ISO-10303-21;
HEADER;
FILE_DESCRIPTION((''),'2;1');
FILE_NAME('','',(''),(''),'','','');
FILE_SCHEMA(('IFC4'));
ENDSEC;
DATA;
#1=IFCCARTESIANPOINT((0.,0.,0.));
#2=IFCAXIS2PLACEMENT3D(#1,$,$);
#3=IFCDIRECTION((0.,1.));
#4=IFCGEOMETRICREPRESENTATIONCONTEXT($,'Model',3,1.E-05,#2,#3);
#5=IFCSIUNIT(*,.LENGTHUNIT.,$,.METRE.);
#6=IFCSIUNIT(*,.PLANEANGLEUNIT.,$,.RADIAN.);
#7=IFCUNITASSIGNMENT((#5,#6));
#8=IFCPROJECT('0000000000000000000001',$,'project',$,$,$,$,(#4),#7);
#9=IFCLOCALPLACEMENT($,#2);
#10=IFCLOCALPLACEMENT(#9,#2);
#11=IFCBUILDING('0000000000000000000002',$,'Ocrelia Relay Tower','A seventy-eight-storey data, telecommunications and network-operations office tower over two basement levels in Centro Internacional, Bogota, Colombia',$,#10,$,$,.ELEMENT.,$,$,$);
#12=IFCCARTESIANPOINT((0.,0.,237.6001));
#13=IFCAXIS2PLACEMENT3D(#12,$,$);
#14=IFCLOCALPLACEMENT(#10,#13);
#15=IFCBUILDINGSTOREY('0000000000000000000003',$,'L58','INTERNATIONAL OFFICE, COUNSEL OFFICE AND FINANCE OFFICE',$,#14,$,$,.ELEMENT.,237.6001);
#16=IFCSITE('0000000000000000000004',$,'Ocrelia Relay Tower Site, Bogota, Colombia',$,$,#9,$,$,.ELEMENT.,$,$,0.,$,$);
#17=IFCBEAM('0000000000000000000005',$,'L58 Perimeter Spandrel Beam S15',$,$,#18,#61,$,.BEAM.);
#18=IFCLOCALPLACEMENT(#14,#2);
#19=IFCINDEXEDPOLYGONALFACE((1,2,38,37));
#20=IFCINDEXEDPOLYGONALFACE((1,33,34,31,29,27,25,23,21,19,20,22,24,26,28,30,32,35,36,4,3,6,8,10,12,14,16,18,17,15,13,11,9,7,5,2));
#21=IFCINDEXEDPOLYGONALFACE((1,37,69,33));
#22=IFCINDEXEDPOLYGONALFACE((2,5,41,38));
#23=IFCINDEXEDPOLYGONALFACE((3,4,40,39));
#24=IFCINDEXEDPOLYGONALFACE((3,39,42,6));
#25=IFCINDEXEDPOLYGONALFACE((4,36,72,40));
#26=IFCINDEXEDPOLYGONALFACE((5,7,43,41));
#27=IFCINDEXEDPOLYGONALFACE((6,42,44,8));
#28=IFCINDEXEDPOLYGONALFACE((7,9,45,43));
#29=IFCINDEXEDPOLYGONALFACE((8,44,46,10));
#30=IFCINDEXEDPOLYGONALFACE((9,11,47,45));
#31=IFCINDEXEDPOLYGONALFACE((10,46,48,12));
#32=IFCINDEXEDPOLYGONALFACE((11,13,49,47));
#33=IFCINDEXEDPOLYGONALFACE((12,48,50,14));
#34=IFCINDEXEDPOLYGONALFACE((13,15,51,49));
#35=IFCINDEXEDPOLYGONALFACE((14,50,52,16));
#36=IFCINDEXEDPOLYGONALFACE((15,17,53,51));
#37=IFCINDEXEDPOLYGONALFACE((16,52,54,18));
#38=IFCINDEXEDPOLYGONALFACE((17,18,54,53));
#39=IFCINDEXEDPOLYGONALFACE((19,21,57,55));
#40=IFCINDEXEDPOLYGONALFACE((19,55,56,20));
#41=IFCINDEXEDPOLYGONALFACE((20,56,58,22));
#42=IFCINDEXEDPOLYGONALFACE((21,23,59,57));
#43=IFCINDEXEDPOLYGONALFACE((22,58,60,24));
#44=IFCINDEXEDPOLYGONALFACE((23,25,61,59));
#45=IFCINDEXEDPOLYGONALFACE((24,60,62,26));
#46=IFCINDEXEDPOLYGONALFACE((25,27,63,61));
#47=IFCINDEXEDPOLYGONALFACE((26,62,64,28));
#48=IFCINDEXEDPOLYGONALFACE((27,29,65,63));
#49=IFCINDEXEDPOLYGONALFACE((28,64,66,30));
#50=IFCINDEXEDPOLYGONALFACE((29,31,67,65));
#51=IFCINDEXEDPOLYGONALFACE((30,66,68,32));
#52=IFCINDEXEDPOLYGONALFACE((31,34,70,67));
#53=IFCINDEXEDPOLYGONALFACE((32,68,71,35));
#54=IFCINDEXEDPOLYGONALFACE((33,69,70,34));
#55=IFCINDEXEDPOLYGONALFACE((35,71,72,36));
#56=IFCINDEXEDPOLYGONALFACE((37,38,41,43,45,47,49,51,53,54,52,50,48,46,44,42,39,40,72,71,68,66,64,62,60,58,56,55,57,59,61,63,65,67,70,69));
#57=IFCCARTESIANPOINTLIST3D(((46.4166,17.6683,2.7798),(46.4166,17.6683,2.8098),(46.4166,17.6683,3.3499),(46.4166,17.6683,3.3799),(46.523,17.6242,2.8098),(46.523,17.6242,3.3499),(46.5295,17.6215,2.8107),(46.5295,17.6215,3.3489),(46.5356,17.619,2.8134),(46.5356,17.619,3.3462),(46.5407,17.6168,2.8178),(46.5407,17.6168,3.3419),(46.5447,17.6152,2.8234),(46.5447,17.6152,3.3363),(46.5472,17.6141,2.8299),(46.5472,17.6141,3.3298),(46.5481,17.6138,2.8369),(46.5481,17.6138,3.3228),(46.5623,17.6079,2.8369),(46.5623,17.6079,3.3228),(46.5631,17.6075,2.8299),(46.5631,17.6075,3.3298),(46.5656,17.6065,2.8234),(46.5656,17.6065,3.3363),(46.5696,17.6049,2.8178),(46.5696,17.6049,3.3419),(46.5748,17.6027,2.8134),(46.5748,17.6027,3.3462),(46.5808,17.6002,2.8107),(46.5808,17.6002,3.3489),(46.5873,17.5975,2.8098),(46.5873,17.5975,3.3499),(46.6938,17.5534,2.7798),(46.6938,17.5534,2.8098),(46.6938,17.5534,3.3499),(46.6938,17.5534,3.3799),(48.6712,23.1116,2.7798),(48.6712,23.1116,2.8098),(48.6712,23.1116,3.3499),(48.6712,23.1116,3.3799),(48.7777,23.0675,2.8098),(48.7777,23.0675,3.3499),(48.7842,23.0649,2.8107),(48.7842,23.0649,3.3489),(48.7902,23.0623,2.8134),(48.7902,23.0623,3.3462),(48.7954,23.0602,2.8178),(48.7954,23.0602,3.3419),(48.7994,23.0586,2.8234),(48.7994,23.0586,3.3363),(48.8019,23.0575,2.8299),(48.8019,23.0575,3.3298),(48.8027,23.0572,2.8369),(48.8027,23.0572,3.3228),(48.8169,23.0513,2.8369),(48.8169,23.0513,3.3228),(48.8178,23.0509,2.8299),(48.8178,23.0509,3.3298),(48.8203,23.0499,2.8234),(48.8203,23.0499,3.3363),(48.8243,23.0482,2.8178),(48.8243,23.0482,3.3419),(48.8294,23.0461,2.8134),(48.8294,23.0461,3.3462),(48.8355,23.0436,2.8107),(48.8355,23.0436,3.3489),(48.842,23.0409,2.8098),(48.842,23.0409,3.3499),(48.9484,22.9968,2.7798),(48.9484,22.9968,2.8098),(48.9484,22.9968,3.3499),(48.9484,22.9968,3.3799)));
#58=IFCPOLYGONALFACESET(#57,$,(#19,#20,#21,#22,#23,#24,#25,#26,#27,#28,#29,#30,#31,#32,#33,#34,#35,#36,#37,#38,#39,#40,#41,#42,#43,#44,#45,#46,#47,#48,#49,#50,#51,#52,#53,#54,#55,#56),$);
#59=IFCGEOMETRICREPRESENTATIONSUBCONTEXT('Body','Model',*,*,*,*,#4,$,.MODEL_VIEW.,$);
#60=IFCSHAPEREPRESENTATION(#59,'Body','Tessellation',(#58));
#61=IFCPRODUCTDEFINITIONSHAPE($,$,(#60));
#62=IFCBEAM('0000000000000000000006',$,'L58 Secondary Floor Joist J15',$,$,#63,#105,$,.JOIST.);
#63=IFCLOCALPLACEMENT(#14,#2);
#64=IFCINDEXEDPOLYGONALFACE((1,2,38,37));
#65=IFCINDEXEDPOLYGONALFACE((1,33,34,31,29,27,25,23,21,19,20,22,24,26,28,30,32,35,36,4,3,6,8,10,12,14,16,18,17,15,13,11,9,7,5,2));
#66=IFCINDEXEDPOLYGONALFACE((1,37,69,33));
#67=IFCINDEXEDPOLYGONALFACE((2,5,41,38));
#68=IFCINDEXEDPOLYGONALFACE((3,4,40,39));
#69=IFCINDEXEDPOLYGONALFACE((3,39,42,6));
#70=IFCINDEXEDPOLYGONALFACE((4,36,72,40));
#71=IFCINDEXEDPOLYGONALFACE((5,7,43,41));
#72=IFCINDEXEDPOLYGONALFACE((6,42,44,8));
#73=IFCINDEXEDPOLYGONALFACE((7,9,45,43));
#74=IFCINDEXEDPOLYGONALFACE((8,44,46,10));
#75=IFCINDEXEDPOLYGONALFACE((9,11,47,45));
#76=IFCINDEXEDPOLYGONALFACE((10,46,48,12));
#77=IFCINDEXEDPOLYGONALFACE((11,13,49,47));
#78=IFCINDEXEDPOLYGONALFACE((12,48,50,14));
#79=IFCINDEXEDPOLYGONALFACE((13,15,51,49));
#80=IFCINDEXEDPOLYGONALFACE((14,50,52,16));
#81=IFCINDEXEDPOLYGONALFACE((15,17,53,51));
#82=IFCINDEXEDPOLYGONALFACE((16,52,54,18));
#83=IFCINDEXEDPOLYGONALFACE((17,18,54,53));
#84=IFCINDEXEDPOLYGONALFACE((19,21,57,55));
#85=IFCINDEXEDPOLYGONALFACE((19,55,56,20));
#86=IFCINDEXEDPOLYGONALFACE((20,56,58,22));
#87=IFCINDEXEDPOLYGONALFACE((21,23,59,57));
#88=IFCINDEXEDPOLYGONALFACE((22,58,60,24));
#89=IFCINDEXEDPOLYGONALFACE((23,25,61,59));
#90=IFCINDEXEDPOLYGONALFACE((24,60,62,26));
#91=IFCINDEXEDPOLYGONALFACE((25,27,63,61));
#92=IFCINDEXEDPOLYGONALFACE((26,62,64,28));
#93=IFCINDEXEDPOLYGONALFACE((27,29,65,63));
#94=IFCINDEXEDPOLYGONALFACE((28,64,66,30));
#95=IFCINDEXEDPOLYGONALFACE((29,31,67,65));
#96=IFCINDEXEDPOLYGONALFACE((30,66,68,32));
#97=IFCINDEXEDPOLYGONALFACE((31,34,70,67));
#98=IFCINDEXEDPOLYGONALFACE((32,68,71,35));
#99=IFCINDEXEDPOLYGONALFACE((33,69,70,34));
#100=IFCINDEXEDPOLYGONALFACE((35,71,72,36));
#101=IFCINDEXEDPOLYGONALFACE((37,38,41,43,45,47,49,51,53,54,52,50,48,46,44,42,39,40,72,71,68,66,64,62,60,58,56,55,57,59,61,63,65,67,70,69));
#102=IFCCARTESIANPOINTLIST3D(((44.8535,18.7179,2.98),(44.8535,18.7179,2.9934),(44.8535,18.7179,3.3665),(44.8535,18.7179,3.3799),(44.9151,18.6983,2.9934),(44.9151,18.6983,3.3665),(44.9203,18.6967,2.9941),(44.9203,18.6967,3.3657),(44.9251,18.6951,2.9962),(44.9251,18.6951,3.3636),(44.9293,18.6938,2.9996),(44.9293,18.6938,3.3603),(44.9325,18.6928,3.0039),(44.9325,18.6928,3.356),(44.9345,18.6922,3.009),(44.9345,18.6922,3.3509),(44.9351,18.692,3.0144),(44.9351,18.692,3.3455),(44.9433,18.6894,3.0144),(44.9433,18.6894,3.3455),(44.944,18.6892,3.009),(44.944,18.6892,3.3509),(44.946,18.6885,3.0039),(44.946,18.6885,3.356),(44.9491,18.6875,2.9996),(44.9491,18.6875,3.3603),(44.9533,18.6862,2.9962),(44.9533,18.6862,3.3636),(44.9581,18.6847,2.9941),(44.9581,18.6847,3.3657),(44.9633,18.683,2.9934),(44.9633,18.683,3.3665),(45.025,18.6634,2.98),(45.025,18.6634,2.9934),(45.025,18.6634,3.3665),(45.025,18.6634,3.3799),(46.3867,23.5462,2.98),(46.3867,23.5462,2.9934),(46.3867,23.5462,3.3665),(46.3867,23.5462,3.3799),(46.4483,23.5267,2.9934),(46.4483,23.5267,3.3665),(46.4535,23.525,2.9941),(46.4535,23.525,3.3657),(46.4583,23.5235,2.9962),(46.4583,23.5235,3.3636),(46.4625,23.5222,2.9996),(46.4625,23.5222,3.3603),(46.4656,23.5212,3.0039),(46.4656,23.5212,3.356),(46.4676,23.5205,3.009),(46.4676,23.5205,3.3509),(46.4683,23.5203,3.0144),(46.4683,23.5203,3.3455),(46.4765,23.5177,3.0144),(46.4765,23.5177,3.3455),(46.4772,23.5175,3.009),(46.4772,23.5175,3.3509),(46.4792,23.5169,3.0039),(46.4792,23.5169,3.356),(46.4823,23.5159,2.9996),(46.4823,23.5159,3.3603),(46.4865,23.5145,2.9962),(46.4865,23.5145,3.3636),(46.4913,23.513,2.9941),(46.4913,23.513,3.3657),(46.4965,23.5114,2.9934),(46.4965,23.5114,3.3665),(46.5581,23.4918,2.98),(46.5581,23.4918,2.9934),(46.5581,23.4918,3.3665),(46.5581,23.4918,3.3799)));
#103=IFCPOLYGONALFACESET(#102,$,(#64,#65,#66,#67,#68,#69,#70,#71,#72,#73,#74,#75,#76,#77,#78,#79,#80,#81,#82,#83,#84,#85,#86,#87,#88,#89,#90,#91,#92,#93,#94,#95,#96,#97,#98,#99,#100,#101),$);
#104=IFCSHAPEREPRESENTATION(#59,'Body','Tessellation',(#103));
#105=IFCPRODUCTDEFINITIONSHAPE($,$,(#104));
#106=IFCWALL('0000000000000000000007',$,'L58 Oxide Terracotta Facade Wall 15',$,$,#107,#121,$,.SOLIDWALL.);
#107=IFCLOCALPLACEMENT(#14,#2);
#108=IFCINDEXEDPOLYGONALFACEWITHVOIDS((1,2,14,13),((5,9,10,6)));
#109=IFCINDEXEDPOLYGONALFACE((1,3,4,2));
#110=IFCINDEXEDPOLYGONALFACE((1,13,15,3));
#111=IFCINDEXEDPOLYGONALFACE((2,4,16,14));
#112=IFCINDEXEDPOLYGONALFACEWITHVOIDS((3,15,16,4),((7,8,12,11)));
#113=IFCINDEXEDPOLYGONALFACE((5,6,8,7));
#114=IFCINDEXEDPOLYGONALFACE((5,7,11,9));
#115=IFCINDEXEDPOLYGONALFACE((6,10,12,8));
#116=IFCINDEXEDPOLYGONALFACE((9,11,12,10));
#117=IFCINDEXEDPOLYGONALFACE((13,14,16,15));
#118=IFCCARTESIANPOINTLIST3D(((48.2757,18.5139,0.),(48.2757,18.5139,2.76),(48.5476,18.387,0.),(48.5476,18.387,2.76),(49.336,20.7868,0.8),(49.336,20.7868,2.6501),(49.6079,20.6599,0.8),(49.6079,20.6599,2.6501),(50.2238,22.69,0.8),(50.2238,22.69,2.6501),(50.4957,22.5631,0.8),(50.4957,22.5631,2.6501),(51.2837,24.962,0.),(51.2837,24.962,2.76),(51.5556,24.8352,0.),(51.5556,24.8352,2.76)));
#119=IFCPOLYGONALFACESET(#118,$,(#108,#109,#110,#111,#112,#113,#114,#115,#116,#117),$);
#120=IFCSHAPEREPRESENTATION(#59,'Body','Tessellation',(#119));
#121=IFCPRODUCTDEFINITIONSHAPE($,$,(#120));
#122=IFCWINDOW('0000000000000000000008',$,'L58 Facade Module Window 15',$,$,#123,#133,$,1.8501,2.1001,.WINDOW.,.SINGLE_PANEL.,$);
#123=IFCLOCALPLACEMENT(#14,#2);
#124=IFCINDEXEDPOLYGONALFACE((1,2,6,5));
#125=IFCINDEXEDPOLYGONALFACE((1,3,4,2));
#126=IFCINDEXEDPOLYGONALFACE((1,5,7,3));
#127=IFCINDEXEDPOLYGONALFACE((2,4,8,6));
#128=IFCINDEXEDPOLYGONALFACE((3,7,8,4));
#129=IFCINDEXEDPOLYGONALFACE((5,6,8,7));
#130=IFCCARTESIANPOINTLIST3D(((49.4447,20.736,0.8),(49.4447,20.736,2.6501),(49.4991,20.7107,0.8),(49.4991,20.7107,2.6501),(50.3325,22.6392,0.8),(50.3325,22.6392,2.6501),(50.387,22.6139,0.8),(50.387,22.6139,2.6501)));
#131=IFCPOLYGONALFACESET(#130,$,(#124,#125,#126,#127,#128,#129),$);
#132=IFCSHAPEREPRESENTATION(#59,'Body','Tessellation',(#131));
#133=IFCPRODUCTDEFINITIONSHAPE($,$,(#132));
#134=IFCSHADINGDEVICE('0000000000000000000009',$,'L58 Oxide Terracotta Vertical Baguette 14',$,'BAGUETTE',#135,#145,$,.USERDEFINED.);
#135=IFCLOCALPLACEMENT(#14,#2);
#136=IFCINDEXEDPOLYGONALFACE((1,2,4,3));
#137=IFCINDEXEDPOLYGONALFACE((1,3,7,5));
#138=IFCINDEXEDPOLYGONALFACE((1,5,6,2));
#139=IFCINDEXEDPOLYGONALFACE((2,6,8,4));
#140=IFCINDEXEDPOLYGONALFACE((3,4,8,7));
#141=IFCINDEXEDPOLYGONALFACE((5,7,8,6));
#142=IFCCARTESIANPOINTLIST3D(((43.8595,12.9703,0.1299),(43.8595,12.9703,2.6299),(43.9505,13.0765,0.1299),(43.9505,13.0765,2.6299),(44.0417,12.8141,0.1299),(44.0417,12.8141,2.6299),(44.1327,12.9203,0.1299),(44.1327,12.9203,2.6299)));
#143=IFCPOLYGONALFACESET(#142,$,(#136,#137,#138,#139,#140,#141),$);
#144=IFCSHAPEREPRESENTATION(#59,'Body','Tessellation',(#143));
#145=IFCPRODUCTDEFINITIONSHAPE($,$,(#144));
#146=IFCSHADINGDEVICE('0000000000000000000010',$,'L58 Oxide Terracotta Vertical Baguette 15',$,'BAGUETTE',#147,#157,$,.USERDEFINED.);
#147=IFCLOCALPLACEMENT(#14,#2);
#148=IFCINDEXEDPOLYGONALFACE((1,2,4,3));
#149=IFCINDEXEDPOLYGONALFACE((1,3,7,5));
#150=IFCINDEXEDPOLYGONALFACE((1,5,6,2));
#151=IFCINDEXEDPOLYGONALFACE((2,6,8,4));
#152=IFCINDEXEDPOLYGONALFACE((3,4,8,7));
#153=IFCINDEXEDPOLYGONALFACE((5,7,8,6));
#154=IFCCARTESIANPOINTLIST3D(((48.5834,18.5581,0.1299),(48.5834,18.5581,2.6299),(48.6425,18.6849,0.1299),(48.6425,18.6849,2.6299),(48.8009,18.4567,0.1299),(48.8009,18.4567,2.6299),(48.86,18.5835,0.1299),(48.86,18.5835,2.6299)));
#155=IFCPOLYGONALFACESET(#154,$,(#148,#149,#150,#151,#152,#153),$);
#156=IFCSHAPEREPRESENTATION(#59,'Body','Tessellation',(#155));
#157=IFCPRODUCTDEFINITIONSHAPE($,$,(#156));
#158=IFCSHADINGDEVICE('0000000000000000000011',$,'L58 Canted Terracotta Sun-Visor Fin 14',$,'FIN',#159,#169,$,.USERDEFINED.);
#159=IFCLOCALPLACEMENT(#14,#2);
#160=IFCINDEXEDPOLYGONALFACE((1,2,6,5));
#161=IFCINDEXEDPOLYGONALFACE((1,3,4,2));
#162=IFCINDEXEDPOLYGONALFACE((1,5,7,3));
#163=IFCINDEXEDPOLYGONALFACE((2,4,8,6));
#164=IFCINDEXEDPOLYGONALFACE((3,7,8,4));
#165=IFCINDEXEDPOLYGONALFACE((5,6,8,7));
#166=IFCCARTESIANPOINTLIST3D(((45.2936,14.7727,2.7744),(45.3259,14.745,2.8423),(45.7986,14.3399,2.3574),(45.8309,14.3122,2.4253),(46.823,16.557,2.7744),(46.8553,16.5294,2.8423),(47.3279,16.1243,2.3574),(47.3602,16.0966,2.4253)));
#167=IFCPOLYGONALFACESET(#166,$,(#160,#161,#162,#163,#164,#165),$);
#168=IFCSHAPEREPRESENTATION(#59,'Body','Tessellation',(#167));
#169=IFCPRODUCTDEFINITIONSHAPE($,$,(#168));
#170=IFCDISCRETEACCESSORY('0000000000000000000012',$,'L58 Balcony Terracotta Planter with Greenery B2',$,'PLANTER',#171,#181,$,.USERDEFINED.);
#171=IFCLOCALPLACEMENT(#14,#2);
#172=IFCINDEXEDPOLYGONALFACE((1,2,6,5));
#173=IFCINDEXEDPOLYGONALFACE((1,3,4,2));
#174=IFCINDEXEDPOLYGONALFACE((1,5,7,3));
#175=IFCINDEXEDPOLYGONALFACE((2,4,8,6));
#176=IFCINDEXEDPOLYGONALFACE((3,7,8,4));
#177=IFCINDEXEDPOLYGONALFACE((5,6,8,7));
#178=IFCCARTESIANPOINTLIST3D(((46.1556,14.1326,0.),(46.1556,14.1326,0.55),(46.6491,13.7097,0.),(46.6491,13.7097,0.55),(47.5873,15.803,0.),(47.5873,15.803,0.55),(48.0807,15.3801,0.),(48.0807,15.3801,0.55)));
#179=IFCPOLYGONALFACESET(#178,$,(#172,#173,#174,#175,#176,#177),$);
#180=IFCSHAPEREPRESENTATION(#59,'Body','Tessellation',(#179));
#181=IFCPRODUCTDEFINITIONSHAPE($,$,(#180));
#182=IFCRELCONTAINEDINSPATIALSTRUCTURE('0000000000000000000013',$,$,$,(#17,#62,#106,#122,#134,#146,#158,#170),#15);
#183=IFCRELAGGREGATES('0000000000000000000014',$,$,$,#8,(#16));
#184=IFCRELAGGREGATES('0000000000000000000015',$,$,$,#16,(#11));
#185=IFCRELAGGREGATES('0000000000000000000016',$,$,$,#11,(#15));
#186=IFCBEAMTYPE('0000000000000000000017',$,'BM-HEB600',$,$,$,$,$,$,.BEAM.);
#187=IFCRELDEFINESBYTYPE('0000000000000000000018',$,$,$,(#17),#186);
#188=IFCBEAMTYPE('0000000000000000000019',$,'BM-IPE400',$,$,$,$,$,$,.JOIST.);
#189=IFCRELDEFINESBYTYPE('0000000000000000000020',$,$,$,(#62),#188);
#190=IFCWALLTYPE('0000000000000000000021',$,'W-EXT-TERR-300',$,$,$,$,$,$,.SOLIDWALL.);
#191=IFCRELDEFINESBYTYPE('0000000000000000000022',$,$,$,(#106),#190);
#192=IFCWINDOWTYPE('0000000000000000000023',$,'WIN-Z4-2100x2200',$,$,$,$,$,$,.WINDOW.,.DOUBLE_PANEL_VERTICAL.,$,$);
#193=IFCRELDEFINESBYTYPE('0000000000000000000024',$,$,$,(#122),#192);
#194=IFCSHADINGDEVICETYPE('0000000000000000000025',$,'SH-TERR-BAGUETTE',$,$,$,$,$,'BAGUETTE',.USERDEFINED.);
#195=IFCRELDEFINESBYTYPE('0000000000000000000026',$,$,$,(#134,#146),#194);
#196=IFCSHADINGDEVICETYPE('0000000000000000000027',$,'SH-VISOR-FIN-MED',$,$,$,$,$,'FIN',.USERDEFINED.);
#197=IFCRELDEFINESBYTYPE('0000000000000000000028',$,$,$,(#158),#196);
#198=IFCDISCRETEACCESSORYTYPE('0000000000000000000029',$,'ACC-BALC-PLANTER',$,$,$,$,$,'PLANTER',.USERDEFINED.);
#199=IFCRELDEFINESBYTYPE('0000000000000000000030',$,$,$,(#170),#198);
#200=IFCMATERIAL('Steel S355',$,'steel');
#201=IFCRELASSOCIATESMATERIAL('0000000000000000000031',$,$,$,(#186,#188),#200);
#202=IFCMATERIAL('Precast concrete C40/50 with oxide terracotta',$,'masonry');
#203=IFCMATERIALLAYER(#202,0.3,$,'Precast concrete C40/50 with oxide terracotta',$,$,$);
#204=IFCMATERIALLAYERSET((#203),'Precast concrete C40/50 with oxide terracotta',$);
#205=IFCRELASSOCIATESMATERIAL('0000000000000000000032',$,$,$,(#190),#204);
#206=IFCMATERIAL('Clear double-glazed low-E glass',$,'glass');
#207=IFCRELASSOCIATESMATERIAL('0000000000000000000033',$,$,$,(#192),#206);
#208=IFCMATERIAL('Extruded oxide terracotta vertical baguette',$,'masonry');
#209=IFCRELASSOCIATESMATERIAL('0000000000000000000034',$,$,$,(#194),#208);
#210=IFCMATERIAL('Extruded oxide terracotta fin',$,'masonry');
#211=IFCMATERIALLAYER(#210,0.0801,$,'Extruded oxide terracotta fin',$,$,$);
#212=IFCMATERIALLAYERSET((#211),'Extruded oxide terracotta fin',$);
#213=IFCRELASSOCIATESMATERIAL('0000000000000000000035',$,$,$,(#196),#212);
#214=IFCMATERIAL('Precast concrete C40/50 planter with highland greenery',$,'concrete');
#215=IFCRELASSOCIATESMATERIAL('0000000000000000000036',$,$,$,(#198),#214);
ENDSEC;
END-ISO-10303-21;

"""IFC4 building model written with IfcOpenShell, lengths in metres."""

from ifc_helpers import new_model, si_unit, direction, frame, frame_2d, origin, origin_2d, place, context, subcontext, project, spatial, rectangle, i_section, extrude, material, layer, layer_set, material_profile, profile_set, type_object, element, fill, save


model = new_model("IFC4")

# Units and contexts
model_context = context("Model", 3, precision=1e-05, world=origin(), true_north=direction((0.0, 1.0)))
body_context = subcontext(model_context, "Body", "Model", "MODEL_VIEW")
ifc_project = project(units=[si_unit("LENGTHUNIT", "METRE"), si_unit("PLANEANGLEUNIT", "RADIAN")], contexts=[model_context])

# Site, building, storey
site_placement = place(None, origin())
site = spatial("IfcSite", under=ifc_project, at=site_placement, Name="Ocrelia Relay Tower Site, Bogota, Colombia", CompositionType="ELEMENT", RefElevation=0.0)
building_placement = place(site_placement, origin())
building = spatial("IfcBuilding", under=site, at=building_placement, Name="Ocrelia Relay Tower", Description="A seventy-eight-storey data, telecommunications and network-operations office tower over two basement levels in Centro Internacional, Bogota, Colombia", CompositionType="ELEMENT")
storey_placement = place(building_placement, frame((0.0, 0.0, 237.6001)))
storey = spatial("IfcBuildingStorey", under=building, at=storey_placement, Name="L58", Description="INTERNATIONAL OFFICE, COUNSEL OFFICE AND FINANCE OFFICE", CompositionType="ELEMENT", Elevation=237.6001)

# Beams
ifc_material_1 = material(Name="Steel S355", Category="steel")
ifc_material_profile_1 = material_profile(ifc_material_1, i_section(OverallWidth=0.3, OverallDepth=0.6001, WebThickness=0.0154, FlangeThickness=0.03, FilletRadius=0.0271, at=origin_2d()), Name="HEB 600")
ifc_profile_set_1 = profile_set([ifc_material_profile_1], Name="Steel S355")
beam_type_1 = type_object("IfcBeamType", Name="BM-HEB600", PredefinedType="BEAM", material=ifc_profile_set_1)
beam_1_placement = place(storey_placement, frame((46.5552, 17.6108, 3.0798), z_axis=(0.382673, 0.923884, 0.0), x_axis=(-0.923884, 0.382673, 0.0)))
element("IfcBeam", 1, at=beam_1_placement, inside=storey, type_object=beam_type_1, Name="L58 Perimeter Spandrel Beam S15", PredefinedType="BEAM", context=body_context, shape_type="SweptSolid", body=[
    extrude(i_section(OverallWidth=0.3, OverallDepth=0.6001, WebThickness=0.0154, FlangeThickness=0.03, FilletRadius=0.0271, at=origin_2d()), origin(), (0.0, 0.0, 1.0), 5.8918),
])
ifc_material_profile_2 = material_profile(ifc_material_1, i_section(OverallWidth=0.1799, OverallDepth=0.3999, WebThickness=0.0085, FlangeThickness=0.0134, FilletRadius=0.021, at=origin_2d()), Name="IPE 400")
ifc_profile_set_2 = profile_set([ifc_material_profile_2], Name="Steel S355")
beam_type_2 = type_object("IfcBeamType", Name="BM-IPE400", PredefinedType="JOIST", material=ifc_profile_set_2)
beam_2_placement = place(storey_placement, frame((44.9392, 18.6907, 3.1799), z_axis=(0.302649, 0.953102, 0.0), x_axis=(-0.953102, 0.302649, 0.0)))
element("IfcBeam", 2, at=beam_2_placement, inside=storey, type_object=beam_type_2, Name="L58 Secondary Floor Joist J15", PredefinedType="JOIST", context=body_context, shape_type="SweptSolid", body=[
    extrude(i_section(OverallWidth=0.1799, OverallDepth=0.3999, WebThickness=0.0085, FlangeThickness=0.0134, FilletRadius=0.021, at=origin_2d()), origin(), (0.0, 0.0, 1.0), 5.0659),
])

# Shared definitions
ifc_material_2 = material(Name="Precast concrete C40/50 with oxide terracotta", Category="masonry")
ifc_layer_1 = layer(ifc_material_2, 0.3, Name="Precast concrete C40/50 with oxide terracotta")
ifc_layer_set_1 = layer_set([ifc_layer_1], Name="Precast concrete C40/50 with oxide terracotta")
wall_type = type_object("IfcWallType", Name="W-EXT-TERR-300", PredefinedType="SOLIDWALL", material=ifc_layer_set_1)

# Wall, opening, window
wall_1_placement = place(storey_placement, frame((48.4116, 18.4504, 0.0), z_axis=(0.0, 0.0, 1.0), x_axis=(0.422756, 0.906244, 0.0)))
wall_1 = element("IfcWall", 3, at=wall_1_placement, inside=storey, type_object=wall_type, Name="L58 Oxide Terracotta Facade Wall 15", PredefinedType="SOLIDWALL", context=body_context, shape_type="SweptSolid", body=[
    extrude(rectangle(XDim=7.1152, YDim=0.3, at=frame_2d((3.5576, 0.0))), origin(), (0.0, 0.0, 1.0), 2.76),
])
opening_1_placement = place(wall_1_placement, frame((2.5081, 0.0, 0.8)))
opening_1 = element("IfcOpeningElement", 4, at=opening_1_placement, cuts=wall_1, PredefinedType="OPENING", context=body_context, shape_type="SweptSolid", body=[
    extrude(rectangle(XDim=2.1001, YDim=1.8501, at=frame_2d((1.05, 0.925))), frame((0.0, 0.1602, 0.0), z_axis=(0.0, -1.0, 0.0), x_axis=(1.0, 0.0, 0.0)), (0.0, 0.0, 1.0), 0.3201),
])
ifc_material_3 = material(Name="Clear double-glazed low-E glass", Category="glass")
window_type = type_object("IfcWindowType", Name="WIN-Z4-2100x2200", PartitioningType="DOUBLE_PANEL_VERTICAL", PredefinedType="WINDOW", material=ifc_material_3)
window_placement = place(opening_1_placement, origin())
window = element("IfcWindow", 5, at=window_placement, inside=storey, type_object=window_type, Name="L58 Facade Module Window 15", OverallHeight=1.8501, OverallWidth=2.1001, PartitioningType="SINGLE_PANEL", PredefinedType="WINDOW", context=body_context, shape_type="SweptSolid", body=[
    extrude(rectangle(XDim=2.1001, YDim=1.8501, at=frame_2d((1.05, 0.925))), frame((0.0, 0.03, 0.0), z_axis=(0.0, -1.0, 0.0), x_axis=(1.0, 0.0, 0.0)), (0.0, 0.0, 1.0), 0.0601),
])
fill(opening_1, window)

# Shading devices
ifc_material_4 = material(Name="Extruded oxide terracotta vertical baguette", Category="masonry")
shading_device_type_1 = type_object("IfcShadingDeviceType", Name="SH-TERR-BAGUETTE", ElementType="BAGUETTE", PredefinedType="USERDEFINED", material=ifc_material_4)
for number, where, z_axis, x_axis, name in (
    (6, (43.9961, 12.9453, 0.1299), (0.0, 0.0, 1.0), (0.650774, 0.759271, 0.0), "L58 Oxide Terracotta Vertical Baguette 14"),
    (7, (48.7217, 18.5708, 0.1299), (0.0, 0.0, 1.0), (0.422757, 0.906243, 0.0), "L58 Oxide Terracotta Vertical Baguette 15"),
):
    element("IfcShadingDevice", number, at=place(storey_placement, frame(where, z_axis=z_axis, x_axis=x_axis)), inside=storey, type_object=shading_device_type_1, Name=name, ObjectType="BAGUETTE", PredefinedType="USERDEFINED", context=body_context, shape_type="SweptSolid", body=[
        extrude(rectangle(XDim=0.1399, YDim=0.24, at=origin_2d()), origin(), (0.0, 0.0, 1.0), 2.5),
    ])
ifc_material_5 = material(Name="Extruded oxide terracotta fin", Category="masonry")
ifc_layer_2 = layer(ifc_material_5, 0.0801, Name="Extruded oxide terracotta fin")
ifc_layer_set_2 = layer_set([ifc_layer_2], Name="Extruded oxide terracotta fin")
shading_device_type_2 = type_object("IfcShadingDeviceType", Name="SH-VISOR-FIN-MED", ElementType="FIN", PredefinedType="USERDEFINED", material=ifc_layer_set_2)
shading_device_placement = place(storey_placement, frame((46.3108, 15.4485, 2.5659), z_axis=(0.403363, -0.345724, 0.847215), x_axis=(0.650774, 0.759271, 0.0)))
element("IfcShadingDevice", 8, at=shading_device_placement, inside=storey, type_object=shading_device_type_2, Name="L58 Canted Terracotta Sun-Visor Fin 14", ObjectType="FIN", PredefinedType="USERDEFINED", context=body_context, shape_type="SweptSolid", body=[
    extrude(rectangle(XDim=2.3501, YDim=0.7849, at=origin_2d()), origin(), (0.0, 0.0, 1.0), 0.0801),
])

# Discrete accessory
ifc_material_6 = material(Name="Precast concrete C40/50 planter with highland greenery", Category="concrete")
discrete_accessory_type_1 = type_object("IfcDiscreteAccessoryType", Name="ACC-BALC-PLANTER", ElementType="PLANTER", PredefinedType="USERDEFINED", material=ifc_material_6)
for number, where, z_axis, x_axis, name in (
    (9, (47.1182, 14.7563, 0.0), (0.0, 0.0, 1.0), (-0.65077, -0.759275, 0.0), "L58 Balcony Terracotta Planter with Greenery B2"),
):
    element("IfcDiscreteAccessory", number, at=place(storey_placement, frame(where, z_axis=z_axis, x_axis=x_axis)), inside=storey, type_object=discrete_accessory_type_1, Name=name, ObjectType="PLANTER", PredefinedType="USERDEFINED", context=body_context, shape_type="SweptSolid", body=[
        extrude(rectangle(XDim=2.2, YDim=0.6499, at=origin_2d()), origin(), (0.0, 0.0, 1.0), 0.55),
    ])

save(model, "model.ifc")
